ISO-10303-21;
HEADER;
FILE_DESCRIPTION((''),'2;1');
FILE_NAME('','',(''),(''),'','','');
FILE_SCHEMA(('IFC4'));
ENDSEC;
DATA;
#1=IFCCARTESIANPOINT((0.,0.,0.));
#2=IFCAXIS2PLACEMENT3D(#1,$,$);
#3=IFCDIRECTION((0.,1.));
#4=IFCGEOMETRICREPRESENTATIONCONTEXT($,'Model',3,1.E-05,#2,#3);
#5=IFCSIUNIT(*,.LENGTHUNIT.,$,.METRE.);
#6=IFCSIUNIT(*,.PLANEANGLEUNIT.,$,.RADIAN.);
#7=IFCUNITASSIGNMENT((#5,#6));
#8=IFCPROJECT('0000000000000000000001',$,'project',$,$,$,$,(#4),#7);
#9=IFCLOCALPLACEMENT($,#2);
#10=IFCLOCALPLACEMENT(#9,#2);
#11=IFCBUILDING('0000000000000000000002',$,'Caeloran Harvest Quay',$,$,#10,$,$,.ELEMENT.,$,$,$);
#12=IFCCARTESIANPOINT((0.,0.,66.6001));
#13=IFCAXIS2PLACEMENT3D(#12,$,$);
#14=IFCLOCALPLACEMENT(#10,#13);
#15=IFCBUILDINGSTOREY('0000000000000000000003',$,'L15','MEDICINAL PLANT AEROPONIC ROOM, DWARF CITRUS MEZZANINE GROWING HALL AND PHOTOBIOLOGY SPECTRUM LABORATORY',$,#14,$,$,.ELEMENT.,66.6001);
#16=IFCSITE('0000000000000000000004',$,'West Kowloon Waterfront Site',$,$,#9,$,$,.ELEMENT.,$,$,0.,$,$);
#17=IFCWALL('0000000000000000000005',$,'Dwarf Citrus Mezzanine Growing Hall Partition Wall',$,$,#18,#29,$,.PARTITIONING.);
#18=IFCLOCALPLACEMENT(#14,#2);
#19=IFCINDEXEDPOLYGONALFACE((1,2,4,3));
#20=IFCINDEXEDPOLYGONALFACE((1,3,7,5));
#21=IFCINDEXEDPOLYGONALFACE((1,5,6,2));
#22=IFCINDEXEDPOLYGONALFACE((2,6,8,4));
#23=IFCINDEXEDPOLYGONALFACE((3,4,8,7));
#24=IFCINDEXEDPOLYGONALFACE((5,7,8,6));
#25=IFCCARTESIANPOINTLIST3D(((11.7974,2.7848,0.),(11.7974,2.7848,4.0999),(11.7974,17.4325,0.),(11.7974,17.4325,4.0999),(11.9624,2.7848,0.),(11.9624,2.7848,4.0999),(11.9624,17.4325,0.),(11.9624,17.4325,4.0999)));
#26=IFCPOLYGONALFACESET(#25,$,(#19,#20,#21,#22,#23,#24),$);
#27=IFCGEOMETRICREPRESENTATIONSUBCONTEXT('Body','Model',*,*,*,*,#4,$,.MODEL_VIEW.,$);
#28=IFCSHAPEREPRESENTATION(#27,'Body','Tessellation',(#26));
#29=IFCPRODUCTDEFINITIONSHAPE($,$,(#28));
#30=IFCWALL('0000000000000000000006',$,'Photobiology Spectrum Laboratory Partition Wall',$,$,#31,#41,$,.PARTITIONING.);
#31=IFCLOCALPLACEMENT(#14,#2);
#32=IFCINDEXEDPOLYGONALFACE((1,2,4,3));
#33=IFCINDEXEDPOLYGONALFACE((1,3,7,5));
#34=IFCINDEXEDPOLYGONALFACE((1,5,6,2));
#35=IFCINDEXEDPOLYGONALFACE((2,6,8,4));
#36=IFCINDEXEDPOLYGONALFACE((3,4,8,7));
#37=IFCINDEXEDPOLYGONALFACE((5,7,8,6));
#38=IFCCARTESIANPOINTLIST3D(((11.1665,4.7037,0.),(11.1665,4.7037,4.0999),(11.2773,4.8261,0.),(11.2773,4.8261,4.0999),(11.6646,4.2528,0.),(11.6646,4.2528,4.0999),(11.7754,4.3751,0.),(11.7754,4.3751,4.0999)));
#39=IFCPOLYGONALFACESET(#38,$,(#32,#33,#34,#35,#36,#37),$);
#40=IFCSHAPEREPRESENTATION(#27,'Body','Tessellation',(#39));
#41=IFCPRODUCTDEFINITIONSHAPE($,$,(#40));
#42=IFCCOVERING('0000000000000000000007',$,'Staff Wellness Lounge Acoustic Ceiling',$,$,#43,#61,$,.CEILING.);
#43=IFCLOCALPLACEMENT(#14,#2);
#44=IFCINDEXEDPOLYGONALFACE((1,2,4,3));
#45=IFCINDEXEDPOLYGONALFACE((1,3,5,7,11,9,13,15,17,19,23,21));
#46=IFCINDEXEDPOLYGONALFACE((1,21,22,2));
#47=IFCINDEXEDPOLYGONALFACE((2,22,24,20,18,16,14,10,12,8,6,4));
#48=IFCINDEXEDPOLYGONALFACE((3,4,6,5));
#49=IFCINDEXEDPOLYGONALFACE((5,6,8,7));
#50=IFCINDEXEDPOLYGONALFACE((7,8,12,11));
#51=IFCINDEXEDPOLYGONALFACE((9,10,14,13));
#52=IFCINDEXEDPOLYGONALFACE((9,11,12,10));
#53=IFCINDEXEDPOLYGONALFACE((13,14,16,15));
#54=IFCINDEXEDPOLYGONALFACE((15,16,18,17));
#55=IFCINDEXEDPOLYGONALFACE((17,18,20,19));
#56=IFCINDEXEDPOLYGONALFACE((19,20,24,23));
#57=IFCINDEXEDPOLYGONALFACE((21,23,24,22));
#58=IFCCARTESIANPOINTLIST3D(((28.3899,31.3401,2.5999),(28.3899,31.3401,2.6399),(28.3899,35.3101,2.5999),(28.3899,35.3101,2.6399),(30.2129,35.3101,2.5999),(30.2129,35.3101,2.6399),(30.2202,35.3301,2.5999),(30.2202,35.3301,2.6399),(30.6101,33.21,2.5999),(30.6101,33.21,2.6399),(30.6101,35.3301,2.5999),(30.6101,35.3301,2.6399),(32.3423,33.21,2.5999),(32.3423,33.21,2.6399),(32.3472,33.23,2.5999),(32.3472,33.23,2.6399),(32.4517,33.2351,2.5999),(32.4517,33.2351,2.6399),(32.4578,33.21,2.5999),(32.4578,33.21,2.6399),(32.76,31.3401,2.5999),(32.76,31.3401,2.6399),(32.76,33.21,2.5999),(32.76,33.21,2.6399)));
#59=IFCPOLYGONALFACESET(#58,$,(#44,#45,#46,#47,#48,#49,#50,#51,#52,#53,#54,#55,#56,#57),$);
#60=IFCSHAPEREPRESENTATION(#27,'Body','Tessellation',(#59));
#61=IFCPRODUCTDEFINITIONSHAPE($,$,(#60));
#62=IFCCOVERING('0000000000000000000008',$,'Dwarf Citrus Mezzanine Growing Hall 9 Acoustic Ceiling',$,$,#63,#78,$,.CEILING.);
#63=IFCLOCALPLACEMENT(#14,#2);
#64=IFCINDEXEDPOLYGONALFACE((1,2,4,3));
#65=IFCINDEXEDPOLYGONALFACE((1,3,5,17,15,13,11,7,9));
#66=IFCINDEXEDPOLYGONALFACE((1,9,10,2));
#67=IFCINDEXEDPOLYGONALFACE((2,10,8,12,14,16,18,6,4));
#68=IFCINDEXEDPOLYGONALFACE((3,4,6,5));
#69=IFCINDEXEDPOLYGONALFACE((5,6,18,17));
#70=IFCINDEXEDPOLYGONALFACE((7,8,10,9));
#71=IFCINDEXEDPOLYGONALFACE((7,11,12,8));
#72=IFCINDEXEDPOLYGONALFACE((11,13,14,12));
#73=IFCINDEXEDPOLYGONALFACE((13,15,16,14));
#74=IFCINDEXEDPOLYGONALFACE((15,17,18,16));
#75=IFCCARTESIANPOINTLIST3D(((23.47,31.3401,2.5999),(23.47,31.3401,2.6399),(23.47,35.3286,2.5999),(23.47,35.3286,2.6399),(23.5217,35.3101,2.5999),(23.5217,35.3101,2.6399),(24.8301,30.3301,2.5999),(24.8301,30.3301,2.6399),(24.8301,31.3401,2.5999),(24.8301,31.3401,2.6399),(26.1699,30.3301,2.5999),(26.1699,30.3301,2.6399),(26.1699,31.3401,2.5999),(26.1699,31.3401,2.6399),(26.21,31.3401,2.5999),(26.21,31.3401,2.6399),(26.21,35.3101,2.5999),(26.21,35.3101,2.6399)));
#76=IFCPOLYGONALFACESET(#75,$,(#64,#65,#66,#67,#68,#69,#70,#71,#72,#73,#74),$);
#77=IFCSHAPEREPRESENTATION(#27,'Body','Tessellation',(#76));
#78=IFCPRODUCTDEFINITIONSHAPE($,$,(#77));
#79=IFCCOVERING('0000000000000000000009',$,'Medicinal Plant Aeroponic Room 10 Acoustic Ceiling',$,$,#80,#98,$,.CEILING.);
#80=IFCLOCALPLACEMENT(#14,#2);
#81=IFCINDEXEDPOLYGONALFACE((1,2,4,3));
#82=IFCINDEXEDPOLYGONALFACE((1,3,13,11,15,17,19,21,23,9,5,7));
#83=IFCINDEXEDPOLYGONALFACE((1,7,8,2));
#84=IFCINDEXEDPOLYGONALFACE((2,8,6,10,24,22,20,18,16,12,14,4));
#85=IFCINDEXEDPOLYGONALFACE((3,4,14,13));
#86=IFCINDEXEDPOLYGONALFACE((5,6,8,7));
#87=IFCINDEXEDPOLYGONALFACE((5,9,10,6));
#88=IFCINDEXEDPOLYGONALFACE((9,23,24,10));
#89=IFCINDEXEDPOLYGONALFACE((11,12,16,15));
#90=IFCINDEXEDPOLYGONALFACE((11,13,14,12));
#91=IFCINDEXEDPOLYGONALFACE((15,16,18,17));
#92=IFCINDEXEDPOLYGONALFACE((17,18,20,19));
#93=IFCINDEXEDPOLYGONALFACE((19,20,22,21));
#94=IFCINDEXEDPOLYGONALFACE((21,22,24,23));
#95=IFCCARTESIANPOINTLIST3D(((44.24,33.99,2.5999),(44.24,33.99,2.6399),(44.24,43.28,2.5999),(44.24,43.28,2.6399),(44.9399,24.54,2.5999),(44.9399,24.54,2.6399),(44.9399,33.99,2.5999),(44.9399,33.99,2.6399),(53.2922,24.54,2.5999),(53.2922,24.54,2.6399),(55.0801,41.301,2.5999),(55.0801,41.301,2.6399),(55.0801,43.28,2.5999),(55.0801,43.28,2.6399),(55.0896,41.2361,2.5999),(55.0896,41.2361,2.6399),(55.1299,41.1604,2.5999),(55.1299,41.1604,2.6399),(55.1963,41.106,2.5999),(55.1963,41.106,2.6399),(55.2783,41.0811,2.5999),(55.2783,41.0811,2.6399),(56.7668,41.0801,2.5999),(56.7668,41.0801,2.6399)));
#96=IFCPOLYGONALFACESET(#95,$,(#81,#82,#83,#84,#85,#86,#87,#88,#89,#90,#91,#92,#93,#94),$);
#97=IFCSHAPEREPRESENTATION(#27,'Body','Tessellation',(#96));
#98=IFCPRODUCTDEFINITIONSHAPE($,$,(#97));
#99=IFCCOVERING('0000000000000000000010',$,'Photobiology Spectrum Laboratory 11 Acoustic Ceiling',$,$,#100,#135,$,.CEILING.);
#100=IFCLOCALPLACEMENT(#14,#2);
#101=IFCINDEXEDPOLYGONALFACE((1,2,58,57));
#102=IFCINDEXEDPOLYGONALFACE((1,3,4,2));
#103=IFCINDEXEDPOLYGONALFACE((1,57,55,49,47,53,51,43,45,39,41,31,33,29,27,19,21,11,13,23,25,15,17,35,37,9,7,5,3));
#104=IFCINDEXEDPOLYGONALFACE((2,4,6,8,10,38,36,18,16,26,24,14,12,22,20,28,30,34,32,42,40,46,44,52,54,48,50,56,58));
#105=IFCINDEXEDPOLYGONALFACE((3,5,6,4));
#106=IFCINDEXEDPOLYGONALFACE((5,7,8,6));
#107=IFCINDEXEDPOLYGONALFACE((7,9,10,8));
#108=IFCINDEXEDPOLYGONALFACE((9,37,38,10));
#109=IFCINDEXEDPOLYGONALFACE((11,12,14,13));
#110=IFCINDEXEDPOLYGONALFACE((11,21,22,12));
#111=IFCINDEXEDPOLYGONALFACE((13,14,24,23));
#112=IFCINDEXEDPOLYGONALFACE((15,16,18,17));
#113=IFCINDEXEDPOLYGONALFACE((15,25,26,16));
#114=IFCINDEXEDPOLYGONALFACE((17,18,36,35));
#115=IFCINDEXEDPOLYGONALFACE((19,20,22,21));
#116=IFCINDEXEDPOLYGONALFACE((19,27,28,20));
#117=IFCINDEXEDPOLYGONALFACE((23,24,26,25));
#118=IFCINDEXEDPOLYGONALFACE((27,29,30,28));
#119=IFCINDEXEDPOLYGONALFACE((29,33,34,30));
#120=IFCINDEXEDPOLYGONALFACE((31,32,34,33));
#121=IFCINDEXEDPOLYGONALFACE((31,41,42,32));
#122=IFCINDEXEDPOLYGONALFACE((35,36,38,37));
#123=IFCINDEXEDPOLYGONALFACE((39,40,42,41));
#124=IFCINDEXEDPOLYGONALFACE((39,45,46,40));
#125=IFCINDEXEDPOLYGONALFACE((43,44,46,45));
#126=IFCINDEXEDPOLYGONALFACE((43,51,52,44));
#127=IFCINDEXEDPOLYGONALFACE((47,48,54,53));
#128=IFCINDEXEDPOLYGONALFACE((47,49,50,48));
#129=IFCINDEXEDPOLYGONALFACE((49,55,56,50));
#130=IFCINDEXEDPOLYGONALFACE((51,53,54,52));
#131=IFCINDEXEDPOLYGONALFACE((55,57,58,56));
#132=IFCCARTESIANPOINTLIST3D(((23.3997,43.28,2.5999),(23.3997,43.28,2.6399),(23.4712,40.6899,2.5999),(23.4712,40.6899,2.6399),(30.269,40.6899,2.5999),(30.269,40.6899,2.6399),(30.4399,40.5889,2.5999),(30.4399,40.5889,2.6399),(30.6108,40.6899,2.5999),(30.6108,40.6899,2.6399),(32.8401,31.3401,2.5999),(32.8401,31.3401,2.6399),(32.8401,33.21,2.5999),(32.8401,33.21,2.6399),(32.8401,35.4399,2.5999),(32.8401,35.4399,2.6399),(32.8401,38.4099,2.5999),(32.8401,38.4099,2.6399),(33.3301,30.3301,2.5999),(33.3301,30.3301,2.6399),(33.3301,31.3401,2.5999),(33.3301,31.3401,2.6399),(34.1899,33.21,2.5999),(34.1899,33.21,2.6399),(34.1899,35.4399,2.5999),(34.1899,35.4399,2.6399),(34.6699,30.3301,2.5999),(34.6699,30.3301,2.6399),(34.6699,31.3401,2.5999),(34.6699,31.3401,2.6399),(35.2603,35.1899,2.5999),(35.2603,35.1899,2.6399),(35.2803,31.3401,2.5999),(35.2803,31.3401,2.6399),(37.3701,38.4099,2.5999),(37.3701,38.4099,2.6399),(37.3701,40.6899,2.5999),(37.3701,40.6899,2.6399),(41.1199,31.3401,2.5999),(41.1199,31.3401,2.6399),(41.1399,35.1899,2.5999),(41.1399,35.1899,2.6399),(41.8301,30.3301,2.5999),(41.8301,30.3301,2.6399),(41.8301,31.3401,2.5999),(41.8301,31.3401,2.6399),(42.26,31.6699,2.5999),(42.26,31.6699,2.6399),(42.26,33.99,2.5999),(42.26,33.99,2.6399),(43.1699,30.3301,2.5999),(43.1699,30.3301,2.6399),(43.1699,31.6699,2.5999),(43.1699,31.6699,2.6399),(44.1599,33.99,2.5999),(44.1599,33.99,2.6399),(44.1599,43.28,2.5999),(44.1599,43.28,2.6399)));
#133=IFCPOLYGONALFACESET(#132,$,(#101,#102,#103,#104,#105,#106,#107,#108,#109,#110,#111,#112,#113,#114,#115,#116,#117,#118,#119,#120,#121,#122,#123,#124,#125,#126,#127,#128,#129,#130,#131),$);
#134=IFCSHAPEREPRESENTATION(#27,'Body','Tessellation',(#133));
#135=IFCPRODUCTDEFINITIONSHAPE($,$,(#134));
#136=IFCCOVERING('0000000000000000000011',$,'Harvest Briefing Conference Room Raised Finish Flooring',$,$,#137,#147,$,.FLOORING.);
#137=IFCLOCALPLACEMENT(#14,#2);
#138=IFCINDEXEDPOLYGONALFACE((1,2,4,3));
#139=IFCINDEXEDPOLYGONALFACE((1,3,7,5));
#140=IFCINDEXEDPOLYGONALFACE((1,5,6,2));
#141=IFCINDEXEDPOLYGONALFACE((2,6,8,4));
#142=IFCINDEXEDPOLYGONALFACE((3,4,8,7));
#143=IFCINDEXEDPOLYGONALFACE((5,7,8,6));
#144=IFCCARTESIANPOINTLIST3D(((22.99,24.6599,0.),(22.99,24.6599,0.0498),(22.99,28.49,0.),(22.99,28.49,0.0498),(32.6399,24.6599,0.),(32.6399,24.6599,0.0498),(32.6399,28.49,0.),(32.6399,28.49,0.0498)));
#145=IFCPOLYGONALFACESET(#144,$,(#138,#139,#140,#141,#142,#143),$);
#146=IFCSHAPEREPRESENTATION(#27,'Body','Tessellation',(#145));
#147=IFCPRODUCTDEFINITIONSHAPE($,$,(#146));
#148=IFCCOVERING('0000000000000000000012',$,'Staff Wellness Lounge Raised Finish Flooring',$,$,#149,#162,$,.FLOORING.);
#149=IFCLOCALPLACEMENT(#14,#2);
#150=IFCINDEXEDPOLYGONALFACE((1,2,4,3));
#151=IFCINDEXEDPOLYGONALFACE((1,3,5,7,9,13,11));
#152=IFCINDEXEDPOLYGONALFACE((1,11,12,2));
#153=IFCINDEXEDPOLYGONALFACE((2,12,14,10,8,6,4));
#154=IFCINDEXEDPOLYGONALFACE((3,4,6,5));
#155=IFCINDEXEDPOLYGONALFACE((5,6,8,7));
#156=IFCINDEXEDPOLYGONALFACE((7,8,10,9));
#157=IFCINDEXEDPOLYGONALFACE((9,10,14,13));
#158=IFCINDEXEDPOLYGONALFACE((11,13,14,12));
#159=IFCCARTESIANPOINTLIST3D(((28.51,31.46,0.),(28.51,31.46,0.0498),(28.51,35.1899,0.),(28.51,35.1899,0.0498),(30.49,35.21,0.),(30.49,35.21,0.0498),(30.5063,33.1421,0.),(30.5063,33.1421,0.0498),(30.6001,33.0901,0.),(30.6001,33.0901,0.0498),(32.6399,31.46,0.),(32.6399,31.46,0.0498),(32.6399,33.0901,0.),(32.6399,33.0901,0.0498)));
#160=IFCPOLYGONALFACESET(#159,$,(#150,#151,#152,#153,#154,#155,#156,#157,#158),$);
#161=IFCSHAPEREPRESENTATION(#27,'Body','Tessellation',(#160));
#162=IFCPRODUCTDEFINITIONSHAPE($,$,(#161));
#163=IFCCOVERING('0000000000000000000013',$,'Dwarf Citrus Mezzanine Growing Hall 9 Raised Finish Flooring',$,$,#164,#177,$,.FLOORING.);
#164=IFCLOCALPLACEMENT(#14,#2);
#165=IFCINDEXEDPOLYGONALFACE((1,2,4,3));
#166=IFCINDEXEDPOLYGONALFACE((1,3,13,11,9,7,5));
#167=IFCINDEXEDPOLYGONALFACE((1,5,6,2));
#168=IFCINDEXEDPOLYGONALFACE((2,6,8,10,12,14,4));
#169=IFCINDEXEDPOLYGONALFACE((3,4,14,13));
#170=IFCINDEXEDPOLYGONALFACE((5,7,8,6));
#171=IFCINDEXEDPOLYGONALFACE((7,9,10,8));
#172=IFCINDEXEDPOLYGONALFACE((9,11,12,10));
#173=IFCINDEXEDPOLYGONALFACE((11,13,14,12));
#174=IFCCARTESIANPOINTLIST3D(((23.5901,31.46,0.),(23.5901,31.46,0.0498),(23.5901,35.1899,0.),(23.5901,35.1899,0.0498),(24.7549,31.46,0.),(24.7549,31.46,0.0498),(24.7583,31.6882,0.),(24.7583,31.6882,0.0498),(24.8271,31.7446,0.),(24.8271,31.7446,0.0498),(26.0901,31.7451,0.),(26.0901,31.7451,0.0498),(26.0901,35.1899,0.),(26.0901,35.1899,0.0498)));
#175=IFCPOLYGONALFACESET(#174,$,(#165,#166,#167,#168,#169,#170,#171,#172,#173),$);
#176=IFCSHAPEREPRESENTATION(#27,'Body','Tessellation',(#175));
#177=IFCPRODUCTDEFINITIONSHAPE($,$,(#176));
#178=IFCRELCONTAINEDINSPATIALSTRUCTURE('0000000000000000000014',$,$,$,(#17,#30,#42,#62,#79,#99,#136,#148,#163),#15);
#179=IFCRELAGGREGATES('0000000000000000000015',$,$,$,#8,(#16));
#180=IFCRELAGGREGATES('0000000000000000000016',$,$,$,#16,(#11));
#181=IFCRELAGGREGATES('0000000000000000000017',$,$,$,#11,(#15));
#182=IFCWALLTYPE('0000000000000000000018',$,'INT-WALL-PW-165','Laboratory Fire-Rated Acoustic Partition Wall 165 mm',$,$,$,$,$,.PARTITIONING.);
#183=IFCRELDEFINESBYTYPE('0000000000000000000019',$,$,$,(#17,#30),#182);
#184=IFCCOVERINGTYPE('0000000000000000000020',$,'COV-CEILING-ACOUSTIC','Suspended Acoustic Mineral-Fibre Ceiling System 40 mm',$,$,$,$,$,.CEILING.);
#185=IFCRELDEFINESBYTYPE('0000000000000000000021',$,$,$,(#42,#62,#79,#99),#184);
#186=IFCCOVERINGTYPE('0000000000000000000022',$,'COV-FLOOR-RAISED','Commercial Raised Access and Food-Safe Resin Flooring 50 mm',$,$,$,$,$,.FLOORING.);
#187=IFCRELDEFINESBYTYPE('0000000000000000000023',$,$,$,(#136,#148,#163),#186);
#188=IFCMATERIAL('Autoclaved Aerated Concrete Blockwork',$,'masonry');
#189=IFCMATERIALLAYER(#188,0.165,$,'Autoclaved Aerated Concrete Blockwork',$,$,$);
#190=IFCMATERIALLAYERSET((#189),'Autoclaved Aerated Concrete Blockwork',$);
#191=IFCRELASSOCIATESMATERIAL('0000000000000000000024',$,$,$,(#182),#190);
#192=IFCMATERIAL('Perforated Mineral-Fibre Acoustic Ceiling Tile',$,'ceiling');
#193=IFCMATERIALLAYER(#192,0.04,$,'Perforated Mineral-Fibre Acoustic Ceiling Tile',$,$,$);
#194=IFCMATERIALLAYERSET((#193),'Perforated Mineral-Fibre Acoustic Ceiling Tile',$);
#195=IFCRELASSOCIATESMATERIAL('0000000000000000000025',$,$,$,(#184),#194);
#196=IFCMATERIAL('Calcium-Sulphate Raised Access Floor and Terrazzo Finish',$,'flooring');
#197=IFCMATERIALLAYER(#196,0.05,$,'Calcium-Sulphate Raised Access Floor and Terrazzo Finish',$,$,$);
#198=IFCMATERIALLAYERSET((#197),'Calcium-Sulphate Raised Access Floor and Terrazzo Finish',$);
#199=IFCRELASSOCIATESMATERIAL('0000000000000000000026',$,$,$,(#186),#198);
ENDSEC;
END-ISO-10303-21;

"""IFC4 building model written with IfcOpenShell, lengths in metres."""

from ifc_helpers import new_model, si_unit, direction, frame, frame_2d, origin, place, context, subcontext, project, spatial, polyline, rectangle, outline, extrude, material, layer, layer_set, type_object, element, save


model = new_model("IFC4")

# Units and contexts
model_context = context("Model", 3, precision=1e-05, world=origin(), true_north=direction((0.0, 1.0)))
body_context = subcontext(model_context, "Body", "Model", "MODEL_VIEW")
ifc_project = project(units=[si_unit("LENGTHUNIT", "METRE"), si_unit("PLANEANGLEUNIT", "RADIAN")], contexts=[model_context])

# Site, building, storey
site_placement = place(None, origin())
site = spatial("IfcSite", under=ifc_project, at=site_placement, Name="West Kowloon Waterfront Site", CompositionType="ELEMENT", RefElevation=0.0)
building_placement = place(site_placement, origin())
building = spatial("IfcBuilding", under=site, at=building_placement, Name="Caeloran Harvest Quay", CompositionType="ELEMENT")
storey_placement = place(building_placement, frame((0.0, 0.0, 66.6001)))
storey = spatial("IfcBuildingStorey", under=building, at=storey_placement, Name="L15", Description="MEDICINAL PLANT AEROPONIC ROOM, DWARF CITRUS MEZZANINE GROWING HALL AND PHOTOBIOLOGY SPECTRUM LABORATORY", CompositionType="ELEMENT", Elevation=66.6001)

# Walls
ifc_material_1 = material(Name="Autoclaved Aerated Concrete Blockwork", Category="masonry")
ifc_layer_1 = layer(ifc_material_1, 0.165, Name="Autoclaved Aerated Concrete Blockwork")
ifc_layer_set_1 = layer_set([ifc_layer_1], Name="Autoclaved Aerated Concrete Blockwork")
wall_type_1 = type_object("IfcWallType", Name="INT-WALL-PW-165", Description="Laboratory Fire-Rated Acoustic Partition Wall 165 mm", PredefinedType="PARTITIONING", material=ifc_layer_set_1)
wall_1_placement = place(storey_placement, frame((11.8799, 2.7849, 0.0), z_axis=(0.0, 0.0, 1.0), x_axis=(0.0, 1.0, 0.0)))
element("IfcWall", 1, at=wall_1_placement, inside=storey, type_object=wall_type_1, Name="Dwarf Citrus Mezzanine Growing Hall Partition Wall", PredefinedType="PARTITIONING", context=body_context, shape_type="SweptSolid", body=[
    extrude(rectangle(XDim=14.6477, YDim=0.165, at=frame_2d((7.3237, 0.0))), origin(), (0.0, 0.0, 1.0), 4.0999),
])
wall_2_placement = place(storey_placement, frame((11.72, 4.314, 0.0), z_axis=(0.0, 0.0, 1.0), x_axis=(-0.741303, 0.67117, 0.0)))
element("IfcWall", 2, at=wall_2_placement, inside=storey, type_object=wall_type_1, Name="Photobiology Spectrum Laboratory Partition Wall", PredefinedType="PARTITIONING", context=body_context, shape_type="SweptSolid", body=[
    extrude(rectangle(XDim=0.6719, YDim=0.165, at=frame_2d((0.3359, 0.0))), origin(), (0.0, 0.0, 1.0), 4.0999),
])

# Coverings
ifc_material_2 = material(Name="Perforated Mineral-Fibre Acoustic Ceiling Tile", Category="ceiling")
ifc_layer_2 = layer(ifc_material_2, 0.04, Name="Perforated Mineral-Fibre Acoustic Ceiling Tile")
ifc_layer_set_2 = layer_set([ifc_layer_2], Name="Perforated Mineral-Fibre Acoustic Ceiling Tile")
covering_type_1 = type_object("IfcCoveringType", Name="COV-CEILING-ACOUSTIC", Description="Suspended Acoustic Mineral-Fibre Ceiling System 40 mm", PredefinedType="CEILING", material=ifc_layer_set_2)
covering_1_placement = place(storey_placement, frame((0.0, 0.0, 2.5999)))
element("IfcCovering", 3, at=covering_1_placement, inside=storey, type_object=covering_type_1, Name="Staff Wellness Lounge Acoustic Ceiling", PredefinedType="CEILING", context=body_context, shape_type="SweptSolid", body=[
    extrude(outline(polyline([(30.2129, 35.3101), (30.2202, 35.3301), (30.6101, 35.3301), (30.6101, 33.21), (32.3423, 33.21), (32.3472, 33.23), (32.4517, 33.2351), (32.4578, 33.21), (32.76, 33.21), (32.76, 31.3401), (28.3899, 31.3401), (28.3899, 35.3101), (30.2129, 35.3101)])), origin(), (0.0, 0.0, 1.0), 0.04),
])
covering_2_placement = place(storey_placement, frame((0.0, 0.0, 2.5999)))
element("IfcCovering", 4, at=covering_2_placement, inside=storey, type_object=covering_type_1, Name="Dwarf Citrus Mezzanine Growing Hall 9 Acoustic Ceiling", PredefinedType="CEILING", context=body_context, shape_type="SweptSolid", body=[
    extrude(outline(polyline([(26.1699, 30.3301), (24.8301, 30.3301), (24.8301, 31.3401), (23.47, 31.3401), (23.47, 35.3286), (23.5217, 35.3101), (26.21, 35.3101), (26.21, 31.3401), (26.1699, 31.3401), (26.1699, 30.3301)])), origin(), (0.0, 0.0, 1.0), 0.04),
])
covering_3_placement = place(storey_placement, frame((0.0, 0.0, 2.5999)))
element("IfcCovering", 5, at=covering_3_placement, inside=storey, type_object=covering_type_1, Name="Medicinal Plant Aeroponic Room 10 Acoustic Ceiling", PredefinedType="CEILING", context=body_context, shape_type="SweptSolid", body=[
    extrude(outline(polyline([(44.24, 43.28), (55.0801, 43.28), (55.0801, 41.301), (55.0896, 41.2361), (55.1299, 41.1604), (55.1963, 41.106), (55.2783, 41.0811), (56.7668, 41.0801), (53.2922, 24.54), (44.9399, 24.54), (44.9399, 33.99), (44.24, 33.99), (44.24, 43.28)])), origin(), (0.0, 0.0, 1.0), 0.04),
])
covering_4_placement = place(storey_placement, frame((0.0, 0.0, 2.5999)))
element("IfcCovering", 6, at=covering_4_placement, inside=storey, type_object=covering_type_1, Name="Photobiology Spectrum Laboratory 11 Acoustic Ceiling", PredefinedType="CEILING", context=body_context, shape_type="SweptSolid", body=[
    extrude(outline(polyline([(33.3301, 31.3401), (32.8401, 31.3401), (32.8401, 33.21), (34.1899, 33.21), (34.1899, 35.4399), (32.8401, 35.4399), (32.8401, 38.4099), (37.3701, 38.4099), (37.3701, 40.6899), (30.6108, 40.6899), (30.4399, 40.5889), (30.269, 40.6899), (23.4712, 40.6899), (23.3997, 43.28), (44.1599, 43.28), (44.1599, 33.99), (42.26, 33.99), (42.26, 31.6699), (43.1699, 31.6699), (43.1699, 30.3301), (41.8301, 30.3301), (41.8301, 31.3401), (41.1199, 31.3401), (41.1399, 35.1899), (35.2603, 35.1899), (35.2803, 31.3401), (34.6699, 31.3401), (34.6699, 30.3301), (33.3301, 30.3301), (33.3301, 31.3401)])), origin(), (0.0, 0.0, 1.0), 0.04),
])
ifc_material_3 = material(Name="Calcium-Sulphate Raised Access Floor and Terrazzo Finish", Category="flooring")
ifc_layer_3 = layer(ifc_material_3, 0.05, Name="Calcium-Sulphate Raised Access Floor and Terrazzo Finish")
ifc_layer_set_3 = layer_set([ifc_layer_3], Name="Calcium-Sulphate Raised Access Floor and Terrazzo Finish")
covering_type_2 = type_object("IfcCoveringType", Name="COV-FLOOR-RAISED", Description="Commercial Raised Access and Food-Safe Resin Flooring 50 mm", PredefinedType="FLOORING", material=ifc_layer_set_3)
covering_5_placement = place(storey_placement, origin())
element("IfcCovering", 7, at=covering_5_placement, inside=storey, type_object=covering_type_2, Name="Harvest Briefing Conference Room Raised Finish Flooring", PredefinedType="FLOORING", context=body_context, shape_type="SweptSolid", body=[
    extrude(outline(polyline([(22.99, 28.49), (32.6399, 28.49), (32.6399, 24.6599), (22.99, 24.6599), (22.99, 28.49)])), origin(), (0.0, 0.0, 1.0), 0.0498),
])
covering_6_placement = place(storey_placement, origin())
element("IfcCovering", 8, at=covering_6_placement, inside=storey, type_object=covering_type_2, Name="Staff Wellness Lounge Raised Finish Flooring", PredefinedType="FLOORING", context=body_context, shape_type="SweptSolid", body=[
    extrude(outline(polyline([(28.51, 35.1899), (30.49, 35.21), (30.5063, 33.1421), (30.6001, 33.0901), (32.6399, 33.0901), (32.6399, 31.46), (28.51, 31.46), (28.51, 35.1899)])), origin(), (0.0, 0.0, 1.0), 0.0498),
])
covering_7_placement = place(storey_placement, origin())
element("IfcCovering", 9, at=covering_7_placement, inside=storey, type_object=covering_type_2, Name="Dwarf Citrus Mezzanine Growing Hall 9 Raised Finish Flooring", PredefinedType="FLOORING", context=body_context, shape_type="SweptSolid", body=[
    extrude(outline(polyline([(23.5901, 35.1899), (26.0901, 35.1899), (26.0901, 31.7451), (24.8271, 31.7446), (24.7583, 31.6882), (24.7549, 31.46), (23.5901, 31.46), (23.5901, 35.1899)])), origin(), (0.0, 0.0, 1.0), 0.0498),
])

save(model, "model.ifc")
